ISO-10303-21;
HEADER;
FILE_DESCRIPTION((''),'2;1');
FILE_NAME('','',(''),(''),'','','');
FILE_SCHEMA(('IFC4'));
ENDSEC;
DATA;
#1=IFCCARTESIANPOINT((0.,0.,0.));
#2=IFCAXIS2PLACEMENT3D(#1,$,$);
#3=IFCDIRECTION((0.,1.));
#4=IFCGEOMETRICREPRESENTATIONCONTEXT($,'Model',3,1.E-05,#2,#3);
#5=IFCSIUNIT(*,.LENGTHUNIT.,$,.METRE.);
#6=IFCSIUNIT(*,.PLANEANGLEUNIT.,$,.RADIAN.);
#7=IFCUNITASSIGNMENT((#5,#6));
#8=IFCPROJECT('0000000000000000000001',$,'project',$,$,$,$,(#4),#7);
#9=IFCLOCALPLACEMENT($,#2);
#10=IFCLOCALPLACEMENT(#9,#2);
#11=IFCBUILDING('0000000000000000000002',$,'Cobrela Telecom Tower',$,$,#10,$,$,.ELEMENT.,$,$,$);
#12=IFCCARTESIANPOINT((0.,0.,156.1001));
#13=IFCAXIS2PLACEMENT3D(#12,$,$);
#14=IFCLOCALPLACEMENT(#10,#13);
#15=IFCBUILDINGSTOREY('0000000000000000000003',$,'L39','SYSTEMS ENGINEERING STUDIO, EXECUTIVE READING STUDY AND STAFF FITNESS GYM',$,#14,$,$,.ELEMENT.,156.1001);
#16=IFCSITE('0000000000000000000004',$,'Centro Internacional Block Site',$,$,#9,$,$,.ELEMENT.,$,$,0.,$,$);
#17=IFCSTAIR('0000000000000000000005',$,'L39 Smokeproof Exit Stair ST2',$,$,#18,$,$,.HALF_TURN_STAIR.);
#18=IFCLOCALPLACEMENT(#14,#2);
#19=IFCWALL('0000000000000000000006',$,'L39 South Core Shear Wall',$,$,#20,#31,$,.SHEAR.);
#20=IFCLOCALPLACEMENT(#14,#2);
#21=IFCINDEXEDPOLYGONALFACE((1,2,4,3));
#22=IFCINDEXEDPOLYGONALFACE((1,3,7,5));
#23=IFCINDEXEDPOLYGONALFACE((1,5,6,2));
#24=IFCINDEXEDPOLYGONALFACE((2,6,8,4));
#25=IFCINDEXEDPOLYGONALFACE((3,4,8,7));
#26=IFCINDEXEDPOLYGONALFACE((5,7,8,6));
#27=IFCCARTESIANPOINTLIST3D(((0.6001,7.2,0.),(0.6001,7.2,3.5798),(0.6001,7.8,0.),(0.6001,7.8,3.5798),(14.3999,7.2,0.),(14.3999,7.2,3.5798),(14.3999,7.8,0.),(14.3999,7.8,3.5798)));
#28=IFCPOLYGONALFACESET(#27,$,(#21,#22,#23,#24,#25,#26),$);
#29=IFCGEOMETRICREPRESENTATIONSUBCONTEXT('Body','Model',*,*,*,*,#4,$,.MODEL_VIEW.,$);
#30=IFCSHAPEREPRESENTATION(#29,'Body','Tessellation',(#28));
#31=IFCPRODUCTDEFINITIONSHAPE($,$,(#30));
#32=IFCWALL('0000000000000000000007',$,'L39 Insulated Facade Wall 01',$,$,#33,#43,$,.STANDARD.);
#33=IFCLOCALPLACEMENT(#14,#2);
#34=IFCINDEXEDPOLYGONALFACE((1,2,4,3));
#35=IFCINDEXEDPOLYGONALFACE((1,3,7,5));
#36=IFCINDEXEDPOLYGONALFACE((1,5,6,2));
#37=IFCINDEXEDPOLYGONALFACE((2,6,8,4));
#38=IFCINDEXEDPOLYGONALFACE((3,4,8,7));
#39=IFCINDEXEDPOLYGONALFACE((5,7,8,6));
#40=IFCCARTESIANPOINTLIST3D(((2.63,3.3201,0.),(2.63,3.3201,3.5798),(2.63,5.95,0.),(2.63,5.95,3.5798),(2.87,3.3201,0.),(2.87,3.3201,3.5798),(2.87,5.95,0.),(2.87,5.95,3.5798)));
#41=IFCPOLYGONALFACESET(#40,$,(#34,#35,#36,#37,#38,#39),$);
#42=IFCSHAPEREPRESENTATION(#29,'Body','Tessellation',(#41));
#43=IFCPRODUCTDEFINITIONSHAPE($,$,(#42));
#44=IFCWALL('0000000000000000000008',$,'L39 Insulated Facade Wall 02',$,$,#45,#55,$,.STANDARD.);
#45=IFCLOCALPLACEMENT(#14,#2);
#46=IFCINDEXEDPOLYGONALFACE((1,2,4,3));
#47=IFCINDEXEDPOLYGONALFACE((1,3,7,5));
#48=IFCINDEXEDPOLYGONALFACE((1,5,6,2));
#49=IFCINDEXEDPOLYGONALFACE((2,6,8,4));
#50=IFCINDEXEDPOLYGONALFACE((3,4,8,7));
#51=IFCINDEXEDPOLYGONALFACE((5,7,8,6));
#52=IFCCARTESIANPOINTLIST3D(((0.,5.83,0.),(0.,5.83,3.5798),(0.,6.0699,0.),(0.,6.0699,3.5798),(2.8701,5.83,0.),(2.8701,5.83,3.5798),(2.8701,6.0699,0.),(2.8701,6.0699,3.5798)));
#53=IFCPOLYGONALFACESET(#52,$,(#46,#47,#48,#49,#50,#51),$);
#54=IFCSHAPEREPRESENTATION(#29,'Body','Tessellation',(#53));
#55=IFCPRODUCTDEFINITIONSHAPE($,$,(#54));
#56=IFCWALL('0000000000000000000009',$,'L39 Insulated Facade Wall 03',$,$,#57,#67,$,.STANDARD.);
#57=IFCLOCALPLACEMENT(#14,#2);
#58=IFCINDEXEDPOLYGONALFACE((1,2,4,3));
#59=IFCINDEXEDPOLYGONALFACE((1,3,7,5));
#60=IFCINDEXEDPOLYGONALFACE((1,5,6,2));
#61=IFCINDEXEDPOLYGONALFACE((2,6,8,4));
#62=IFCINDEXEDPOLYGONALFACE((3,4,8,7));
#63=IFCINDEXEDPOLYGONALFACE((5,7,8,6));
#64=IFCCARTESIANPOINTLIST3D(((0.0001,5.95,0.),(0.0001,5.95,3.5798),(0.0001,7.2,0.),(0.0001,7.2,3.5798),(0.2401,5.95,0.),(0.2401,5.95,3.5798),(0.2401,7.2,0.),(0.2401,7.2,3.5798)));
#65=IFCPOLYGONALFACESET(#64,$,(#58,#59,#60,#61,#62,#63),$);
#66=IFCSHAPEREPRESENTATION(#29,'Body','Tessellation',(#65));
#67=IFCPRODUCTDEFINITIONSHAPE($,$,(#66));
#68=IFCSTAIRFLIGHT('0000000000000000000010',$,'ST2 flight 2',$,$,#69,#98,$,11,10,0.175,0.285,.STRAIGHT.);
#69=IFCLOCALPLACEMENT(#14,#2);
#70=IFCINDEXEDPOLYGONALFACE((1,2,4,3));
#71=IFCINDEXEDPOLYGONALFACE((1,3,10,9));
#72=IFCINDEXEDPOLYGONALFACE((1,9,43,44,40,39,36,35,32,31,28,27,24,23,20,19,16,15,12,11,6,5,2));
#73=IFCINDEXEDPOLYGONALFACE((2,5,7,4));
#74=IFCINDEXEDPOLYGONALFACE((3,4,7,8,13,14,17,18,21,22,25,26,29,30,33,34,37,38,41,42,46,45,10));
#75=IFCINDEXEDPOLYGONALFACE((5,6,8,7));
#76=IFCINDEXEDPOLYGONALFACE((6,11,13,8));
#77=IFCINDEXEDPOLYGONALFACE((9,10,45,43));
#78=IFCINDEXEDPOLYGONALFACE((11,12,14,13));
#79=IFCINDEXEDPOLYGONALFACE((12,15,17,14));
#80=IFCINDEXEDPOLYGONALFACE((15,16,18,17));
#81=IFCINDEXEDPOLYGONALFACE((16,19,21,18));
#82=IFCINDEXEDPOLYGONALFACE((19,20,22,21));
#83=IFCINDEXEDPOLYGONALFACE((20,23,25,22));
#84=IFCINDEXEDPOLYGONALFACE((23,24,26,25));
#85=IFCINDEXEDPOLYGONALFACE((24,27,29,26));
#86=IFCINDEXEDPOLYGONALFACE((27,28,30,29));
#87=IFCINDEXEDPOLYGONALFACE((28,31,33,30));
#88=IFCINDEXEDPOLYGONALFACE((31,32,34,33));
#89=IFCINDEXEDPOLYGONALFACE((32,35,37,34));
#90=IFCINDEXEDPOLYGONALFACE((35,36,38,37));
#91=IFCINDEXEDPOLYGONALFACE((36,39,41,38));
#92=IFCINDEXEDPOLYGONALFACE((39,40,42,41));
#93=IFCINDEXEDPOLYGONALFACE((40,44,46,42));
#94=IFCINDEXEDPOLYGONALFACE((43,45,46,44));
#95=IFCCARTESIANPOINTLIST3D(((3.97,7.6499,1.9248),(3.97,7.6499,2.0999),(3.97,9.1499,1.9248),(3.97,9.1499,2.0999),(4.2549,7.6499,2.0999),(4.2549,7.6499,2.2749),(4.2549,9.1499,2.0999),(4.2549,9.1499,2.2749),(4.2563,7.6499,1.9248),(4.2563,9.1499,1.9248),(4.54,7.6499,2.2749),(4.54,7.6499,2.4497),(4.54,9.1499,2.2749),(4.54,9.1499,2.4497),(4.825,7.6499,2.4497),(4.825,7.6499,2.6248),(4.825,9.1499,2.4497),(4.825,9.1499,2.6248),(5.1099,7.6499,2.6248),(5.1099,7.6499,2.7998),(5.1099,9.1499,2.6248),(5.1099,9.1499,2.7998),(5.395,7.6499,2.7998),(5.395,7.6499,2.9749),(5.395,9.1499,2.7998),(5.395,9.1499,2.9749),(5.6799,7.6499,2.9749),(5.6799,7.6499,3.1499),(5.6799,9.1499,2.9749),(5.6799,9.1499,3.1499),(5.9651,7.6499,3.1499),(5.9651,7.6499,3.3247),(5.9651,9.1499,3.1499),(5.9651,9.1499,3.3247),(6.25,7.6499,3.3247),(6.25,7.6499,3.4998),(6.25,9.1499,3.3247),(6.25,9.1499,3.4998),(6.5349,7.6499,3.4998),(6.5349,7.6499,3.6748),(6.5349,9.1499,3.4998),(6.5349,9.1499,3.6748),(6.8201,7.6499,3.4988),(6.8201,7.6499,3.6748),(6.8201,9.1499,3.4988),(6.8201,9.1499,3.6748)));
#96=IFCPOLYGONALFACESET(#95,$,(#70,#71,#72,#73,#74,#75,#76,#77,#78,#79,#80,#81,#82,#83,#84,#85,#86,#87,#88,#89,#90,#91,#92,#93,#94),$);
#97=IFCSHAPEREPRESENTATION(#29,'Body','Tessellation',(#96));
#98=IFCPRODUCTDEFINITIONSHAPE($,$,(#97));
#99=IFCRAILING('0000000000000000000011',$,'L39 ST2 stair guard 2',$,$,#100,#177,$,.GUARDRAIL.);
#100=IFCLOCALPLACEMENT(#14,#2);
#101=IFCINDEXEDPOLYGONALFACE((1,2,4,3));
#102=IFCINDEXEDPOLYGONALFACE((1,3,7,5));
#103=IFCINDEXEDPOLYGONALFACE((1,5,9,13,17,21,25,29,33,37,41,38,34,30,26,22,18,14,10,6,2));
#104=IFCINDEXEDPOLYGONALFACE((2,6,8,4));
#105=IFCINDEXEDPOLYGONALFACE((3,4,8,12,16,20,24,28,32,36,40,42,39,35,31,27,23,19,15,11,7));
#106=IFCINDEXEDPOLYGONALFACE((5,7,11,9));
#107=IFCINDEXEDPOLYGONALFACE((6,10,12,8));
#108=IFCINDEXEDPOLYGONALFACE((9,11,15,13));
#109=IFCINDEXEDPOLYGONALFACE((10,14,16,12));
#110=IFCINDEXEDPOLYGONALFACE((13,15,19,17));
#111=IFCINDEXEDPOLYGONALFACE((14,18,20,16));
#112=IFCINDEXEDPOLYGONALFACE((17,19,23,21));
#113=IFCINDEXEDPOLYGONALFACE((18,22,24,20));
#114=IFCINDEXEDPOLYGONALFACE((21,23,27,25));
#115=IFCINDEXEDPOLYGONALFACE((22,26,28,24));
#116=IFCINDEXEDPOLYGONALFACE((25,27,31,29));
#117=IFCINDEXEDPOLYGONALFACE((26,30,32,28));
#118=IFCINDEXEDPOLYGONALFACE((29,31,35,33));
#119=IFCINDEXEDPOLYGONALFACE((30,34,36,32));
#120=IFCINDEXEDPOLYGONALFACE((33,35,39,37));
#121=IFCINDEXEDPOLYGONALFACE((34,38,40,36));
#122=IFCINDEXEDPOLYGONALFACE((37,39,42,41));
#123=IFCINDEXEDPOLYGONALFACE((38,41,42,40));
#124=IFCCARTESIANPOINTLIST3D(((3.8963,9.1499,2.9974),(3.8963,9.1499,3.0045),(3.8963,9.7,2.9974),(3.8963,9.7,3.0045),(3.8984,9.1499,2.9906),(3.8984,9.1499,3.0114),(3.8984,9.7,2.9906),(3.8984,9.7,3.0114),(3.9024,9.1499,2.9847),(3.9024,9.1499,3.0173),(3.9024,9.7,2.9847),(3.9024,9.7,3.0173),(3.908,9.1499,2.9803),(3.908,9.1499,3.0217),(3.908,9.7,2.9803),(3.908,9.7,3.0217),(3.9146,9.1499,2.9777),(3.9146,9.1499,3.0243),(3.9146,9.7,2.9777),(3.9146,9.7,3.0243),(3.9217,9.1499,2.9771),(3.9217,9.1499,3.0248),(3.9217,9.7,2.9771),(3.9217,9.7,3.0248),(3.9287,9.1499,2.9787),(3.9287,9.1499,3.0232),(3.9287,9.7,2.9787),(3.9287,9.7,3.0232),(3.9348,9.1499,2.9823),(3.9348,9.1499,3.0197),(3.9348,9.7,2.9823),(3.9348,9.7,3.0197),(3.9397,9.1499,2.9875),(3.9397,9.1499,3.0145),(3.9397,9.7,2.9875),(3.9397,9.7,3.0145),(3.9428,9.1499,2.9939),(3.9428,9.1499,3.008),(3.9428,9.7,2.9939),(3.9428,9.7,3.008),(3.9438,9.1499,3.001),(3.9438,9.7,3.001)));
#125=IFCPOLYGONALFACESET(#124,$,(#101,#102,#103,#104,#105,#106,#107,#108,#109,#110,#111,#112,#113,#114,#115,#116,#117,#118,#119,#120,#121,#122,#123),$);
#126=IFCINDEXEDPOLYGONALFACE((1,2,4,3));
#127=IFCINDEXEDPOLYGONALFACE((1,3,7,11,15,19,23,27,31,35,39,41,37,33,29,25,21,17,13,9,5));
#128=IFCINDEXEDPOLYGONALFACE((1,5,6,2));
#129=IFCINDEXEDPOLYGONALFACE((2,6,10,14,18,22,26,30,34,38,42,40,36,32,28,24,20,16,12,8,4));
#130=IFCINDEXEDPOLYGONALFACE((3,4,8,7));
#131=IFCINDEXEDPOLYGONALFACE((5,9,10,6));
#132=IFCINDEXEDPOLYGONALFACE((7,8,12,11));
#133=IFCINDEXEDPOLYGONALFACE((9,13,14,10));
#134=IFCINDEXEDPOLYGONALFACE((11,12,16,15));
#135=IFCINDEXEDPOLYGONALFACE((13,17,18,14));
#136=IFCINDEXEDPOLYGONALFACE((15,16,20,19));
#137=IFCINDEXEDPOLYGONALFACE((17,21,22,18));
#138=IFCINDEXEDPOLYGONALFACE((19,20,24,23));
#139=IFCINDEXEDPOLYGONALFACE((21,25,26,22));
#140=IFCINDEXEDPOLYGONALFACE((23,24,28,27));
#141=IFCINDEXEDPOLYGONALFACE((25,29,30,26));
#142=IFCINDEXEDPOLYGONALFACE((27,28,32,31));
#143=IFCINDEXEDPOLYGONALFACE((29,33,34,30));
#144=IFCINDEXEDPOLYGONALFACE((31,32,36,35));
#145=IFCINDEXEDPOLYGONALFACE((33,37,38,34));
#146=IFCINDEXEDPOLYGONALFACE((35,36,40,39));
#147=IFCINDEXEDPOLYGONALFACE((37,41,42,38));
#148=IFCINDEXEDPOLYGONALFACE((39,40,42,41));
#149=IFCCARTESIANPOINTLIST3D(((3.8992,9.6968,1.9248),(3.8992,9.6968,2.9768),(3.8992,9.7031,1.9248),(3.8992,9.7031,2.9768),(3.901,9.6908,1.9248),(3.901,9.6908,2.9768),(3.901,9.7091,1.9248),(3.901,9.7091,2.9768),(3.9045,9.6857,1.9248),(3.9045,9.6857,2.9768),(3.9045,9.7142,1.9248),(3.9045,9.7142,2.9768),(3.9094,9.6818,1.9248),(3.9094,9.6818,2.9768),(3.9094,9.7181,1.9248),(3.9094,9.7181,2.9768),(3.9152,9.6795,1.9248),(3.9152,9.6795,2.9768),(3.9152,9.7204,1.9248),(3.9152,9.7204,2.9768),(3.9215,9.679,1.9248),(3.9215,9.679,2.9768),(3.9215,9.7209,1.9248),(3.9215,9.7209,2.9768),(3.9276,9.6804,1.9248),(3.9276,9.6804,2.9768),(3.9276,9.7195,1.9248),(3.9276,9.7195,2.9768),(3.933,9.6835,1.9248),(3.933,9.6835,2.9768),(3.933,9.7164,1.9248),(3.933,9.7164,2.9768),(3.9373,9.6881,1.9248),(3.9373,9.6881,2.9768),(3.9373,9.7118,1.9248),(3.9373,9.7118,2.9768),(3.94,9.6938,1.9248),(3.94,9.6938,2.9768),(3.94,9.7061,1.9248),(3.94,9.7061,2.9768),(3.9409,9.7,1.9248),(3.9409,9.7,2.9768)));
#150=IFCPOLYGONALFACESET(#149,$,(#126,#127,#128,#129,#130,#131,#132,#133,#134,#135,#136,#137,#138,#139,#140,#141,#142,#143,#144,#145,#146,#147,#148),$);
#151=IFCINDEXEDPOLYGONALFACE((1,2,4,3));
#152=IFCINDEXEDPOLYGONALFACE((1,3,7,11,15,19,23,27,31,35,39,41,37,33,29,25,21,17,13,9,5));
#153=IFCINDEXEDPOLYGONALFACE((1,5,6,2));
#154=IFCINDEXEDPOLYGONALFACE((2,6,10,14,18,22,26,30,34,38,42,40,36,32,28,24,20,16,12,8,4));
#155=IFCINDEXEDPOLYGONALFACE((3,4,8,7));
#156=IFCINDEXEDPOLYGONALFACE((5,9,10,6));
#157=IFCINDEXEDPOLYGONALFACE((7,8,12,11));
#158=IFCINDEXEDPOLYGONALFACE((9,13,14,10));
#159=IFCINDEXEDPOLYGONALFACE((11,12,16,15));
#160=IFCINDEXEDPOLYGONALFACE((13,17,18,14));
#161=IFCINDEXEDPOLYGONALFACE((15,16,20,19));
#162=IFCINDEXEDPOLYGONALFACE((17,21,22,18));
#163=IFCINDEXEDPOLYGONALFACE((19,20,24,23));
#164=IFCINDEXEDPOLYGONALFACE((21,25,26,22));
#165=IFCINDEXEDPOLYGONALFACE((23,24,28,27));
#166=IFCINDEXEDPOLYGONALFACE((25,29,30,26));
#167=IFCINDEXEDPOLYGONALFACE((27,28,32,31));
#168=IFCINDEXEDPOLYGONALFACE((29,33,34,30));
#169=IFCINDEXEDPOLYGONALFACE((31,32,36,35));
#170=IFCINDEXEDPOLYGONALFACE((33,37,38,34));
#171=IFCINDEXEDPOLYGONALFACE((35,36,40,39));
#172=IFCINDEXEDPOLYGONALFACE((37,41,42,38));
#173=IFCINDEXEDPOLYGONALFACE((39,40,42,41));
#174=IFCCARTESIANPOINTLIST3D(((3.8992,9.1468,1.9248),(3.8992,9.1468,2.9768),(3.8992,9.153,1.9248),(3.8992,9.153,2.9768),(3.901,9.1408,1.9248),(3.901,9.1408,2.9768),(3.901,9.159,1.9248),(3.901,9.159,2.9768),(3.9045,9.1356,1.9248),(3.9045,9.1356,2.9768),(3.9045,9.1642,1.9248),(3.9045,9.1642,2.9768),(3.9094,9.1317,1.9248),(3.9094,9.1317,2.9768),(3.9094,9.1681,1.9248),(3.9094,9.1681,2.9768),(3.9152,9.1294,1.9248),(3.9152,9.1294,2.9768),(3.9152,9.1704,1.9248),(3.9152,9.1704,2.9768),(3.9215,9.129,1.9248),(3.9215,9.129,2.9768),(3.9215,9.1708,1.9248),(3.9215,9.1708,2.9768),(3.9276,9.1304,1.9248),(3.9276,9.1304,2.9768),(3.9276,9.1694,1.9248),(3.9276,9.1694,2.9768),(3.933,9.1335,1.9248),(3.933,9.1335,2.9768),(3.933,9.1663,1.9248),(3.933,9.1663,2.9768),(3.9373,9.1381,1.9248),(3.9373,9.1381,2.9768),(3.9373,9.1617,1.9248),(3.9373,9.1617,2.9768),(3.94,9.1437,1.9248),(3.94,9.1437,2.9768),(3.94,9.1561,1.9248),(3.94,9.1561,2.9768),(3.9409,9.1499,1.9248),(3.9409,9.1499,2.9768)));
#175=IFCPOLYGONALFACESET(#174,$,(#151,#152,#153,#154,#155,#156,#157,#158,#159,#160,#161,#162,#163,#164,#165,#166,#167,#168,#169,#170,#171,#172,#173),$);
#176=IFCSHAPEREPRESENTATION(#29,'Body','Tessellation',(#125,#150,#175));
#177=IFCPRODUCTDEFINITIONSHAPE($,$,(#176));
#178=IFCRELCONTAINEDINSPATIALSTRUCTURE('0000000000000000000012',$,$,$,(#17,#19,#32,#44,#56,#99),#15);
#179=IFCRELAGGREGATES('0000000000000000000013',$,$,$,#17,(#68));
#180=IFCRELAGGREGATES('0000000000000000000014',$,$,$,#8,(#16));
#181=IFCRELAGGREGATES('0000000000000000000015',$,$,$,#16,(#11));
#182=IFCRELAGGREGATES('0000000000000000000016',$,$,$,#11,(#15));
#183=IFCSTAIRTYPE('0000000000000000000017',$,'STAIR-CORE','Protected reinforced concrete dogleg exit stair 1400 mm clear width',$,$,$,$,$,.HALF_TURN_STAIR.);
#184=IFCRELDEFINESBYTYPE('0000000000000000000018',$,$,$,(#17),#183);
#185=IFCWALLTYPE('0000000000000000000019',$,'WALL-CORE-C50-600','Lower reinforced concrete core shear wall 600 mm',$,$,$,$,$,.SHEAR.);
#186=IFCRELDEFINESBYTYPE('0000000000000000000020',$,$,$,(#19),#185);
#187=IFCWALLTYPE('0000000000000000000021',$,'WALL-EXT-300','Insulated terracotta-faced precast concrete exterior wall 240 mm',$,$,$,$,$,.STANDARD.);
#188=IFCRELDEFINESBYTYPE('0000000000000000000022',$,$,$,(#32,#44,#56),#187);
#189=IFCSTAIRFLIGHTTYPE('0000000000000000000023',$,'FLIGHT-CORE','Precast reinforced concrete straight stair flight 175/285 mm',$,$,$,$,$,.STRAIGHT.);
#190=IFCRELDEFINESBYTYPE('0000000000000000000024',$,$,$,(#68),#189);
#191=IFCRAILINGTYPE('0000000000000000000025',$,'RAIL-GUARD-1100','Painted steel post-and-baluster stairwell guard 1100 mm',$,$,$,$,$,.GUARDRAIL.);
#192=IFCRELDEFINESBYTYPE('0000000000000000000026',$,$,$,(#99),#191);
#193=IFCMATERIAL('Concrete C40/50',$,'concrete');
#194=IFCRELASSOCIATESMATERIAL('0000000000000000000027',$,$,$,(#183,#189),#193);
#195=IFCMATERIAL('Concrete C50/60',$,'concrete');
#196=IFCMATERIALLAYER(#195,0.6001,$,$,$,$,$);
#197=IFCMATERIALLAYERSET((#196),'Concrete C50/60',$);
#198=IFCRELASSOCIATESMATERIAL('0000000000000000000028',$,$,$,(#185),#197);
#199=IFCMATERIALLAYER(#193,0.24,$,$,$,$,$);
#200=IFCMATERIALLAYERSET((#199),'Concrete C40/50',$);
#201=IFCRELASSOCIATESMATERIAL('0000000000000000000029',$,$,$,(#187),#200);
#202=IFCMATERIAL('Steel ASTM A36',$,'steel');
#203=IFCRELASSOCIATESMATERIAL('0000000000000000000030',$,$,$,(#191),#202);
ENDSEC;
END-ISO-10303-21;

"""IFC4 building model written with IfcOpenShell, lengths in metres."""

from ifc_helpers import new_model, si_unit, direction, frame, frame_2d, origin, origin_2d, place, context, subcontext, project, spatial, polyline, rectangle, circle, outline, extrude, material, layer, layer_set, type_object, element, aggregate, save


model = new_model("IFC4")

# Units and contexts
model_context = context("Model", 3, precision=1e-05, world=origin(), true_north=direction((0.0, 1.0)))
body_context = subcontext(model_context, "Body", "Model", "MODEL_VIEW")
ifc_project = project(units=[si_unit("LENGTHUNIT", "METRE"), si_unit("PLANEANGLEUNIT", "RADIAN")], contexts=[model_context])

# Site, building, storey
site_placement = place(None, origin())
site = spatial("IfcSite", under=ifc_project, at=site_placement, Name="Centro Internacional Block Site", CompositionType="ELEMENT", RefElevation=0.0)
building_placement = place(site_placement, origin())
building = spatial("IfcBuilding", under=site, at=building_placement, Name="Cobrela Telecom Tower", CompositionType="ELEMENT")
storey_placement = place(building_placement, frame((0.0, 0.0, 156.1001)))
storey = spatial("IfcBuildingStorey", under=building, at=storey_placement, Name="L39", Description="SYSTEMS ENGINEERING STUDIO, EXECUTIVE READING STUDY AND STAFF FITNESS GYM", CompositionType="ELEMENT", Elevation=156.1001)

# Shared definitions
ifc_material_1 = material(Name="Concrete C40/50", Category="concrete")

# Stair
stair_type = type_object("IfcStairType", Name="STAIR-CORE", Description="Protected reinforced concrete dogleg exit stair 1400 mm clear width", PredefinedType="HALF_TURN_STAIR", material=ifc_material_1)
stair_1_placement = place(storey_placement, origin())
stair_1 = element("IfcStair", 1, at=stair_1_placement, inside=storey, type_object=stair_type, Name="L39 Smokeproof Exit Stair ST2", PredefinedType="HALF_TURN_STAIR")

# Walls
ifc_material_2 = material(Name="Concrete C50/60", Category="concrete")
ifc_layer_1 = layer(ifc_material_2, 0.6001)
ifc_layer_set_1 = layer_set([ifc_layer_1], Name="Concrete C50/60")
wall_type_1 = type_object("IfcWallType", Name="WALL-CORE-C50-600", Description="Lower reinforced concrete core shear wall 600 mm", PredefinedType="SHEAR", material=ifc_layer_set_1)
wall_1_placement = place(storey_placement, frame((0.6001, 7.5, 0.0), z_axis=(0.0, 0.0, 1.0), x_axis=(1.0, 0.0, 0.0)))
element("IfcWall", 2, at=wall_1_placement, inside=storey, type_object=wall_type_1, Name="L39 South Core Shear Wall", PredefinedType="SHEAR", context=body_context, shape_type="SweptSolid", body=[
    extrude(rectangle(XDim=13.7998, YDim=0.6001, at=frame_2d((6.8999, 0.0))), origin(), (0.0, 0.0, 1.0), 3.5798),
])
ifc_layer_2 = layer(ifc_material_1, 0.24)
ifc_layer_set_2 = layer_set([ifc_layer_2], Name="Concrete C40/50")
wall_type_2 = type_object("IfcWallType", Name="WALL-EXT-300", Description="Insulated terracotta-faced precast concrete exterior wall 240 mm", PredefinedType="STANDARD", material=ifc_layer_set_2)
wall_2_placement = place(storey_placement, frame((2.75, 3.3201, 0.0), z_axis=(0.0, 0.0, 1.0), x_axis=(0.0, 1.0, 0.0)))
element("IfcWall", 3, at=wall_2_placement, inside=storey, type_object=wall_type_2, Name="L39 Insulated Facade Wall 01", PredefinedType="STANDARD", context=body_context, shape_type="SweptSolid", body=[
    extrude(rectangle(XDim=2.6299, YDim=0.24, at=frame_2d((1.3149, 0.0))), origin(), (0.0, 0.0, 1.0), 3.5798),
])
wall_3_placement = place(storey_placement, frame((2.8701, 5.95, 0.0), z_axis=(0.0, 0.0, 1.0), x_axis=(-1.0, 0.0, 0.0)))
element("IfcWall", 4, at=wall_3_placement, inside=storey, type_object=wall_type_2, Name="L39 Insulated Facade Wall 02", PredefinedType="STANDARD", context=body_context, shape_type="SweptSolid", body=[
    extrude(rectangle(XDim=2.8701, YDim=0.24, at=frame_2d((1.4351, 0.0))), origin(), (0.0, 0.0, 1.0), 3.5798),
])
wall_4_placement = place(storey_placement, frame((0.1201, 5.95, 0.0), z_axis=(0.0, 0.0, 1.0), x_axis=(0.0, 1.0, 0.0)))
element("IfcWall", 5, at=wall_4_placement, inside=storey, type_object=wall_type_2, Name="L39 Insulated Facade Wall 03", PredefinedType="STANDARD", context=body_context, shape_type="SweptSolid", body=[
    extrude(rectangle(XDim=1.25, YDim=0.24, at=frame_2d((0.625, 0.0))), origin(), (0.0, 0.0, 1.0), 3.5798),
])

# Stair flight
stair_flight_type = type_object("IfcStairFlightType", Name="FLIGHT-CORE", Description="Precast reinforced concrete straight stair flight 175/285 mm", PredefinedType="STRAIGHT", material=ifc_material_1)
stair_flight_placement = place(storey_placement, frame((3.97, 8.3999, 1.9248), z_axis=(0.0, 0.0, 1.0), x_axis=(1.0, 0.0, 0.0)))
stair_flight = element("IfcStairFlight", 6, at=stair_flight_placement, type_object=stair_flight_type, Name="ST2 flight 2", NumberOfRisers=11, NumberOfTreads=10, PredefinedType="STRAIGHT", RiserHeight=0.175, TreadLength=0.285, context=body_context, shape_type="SweptSolid", body=[
    extrude(outline(polyline([(0.0, 0.0), (0.0, 0.175), (0.2849, 0.175), (0.2849, 0.3501), (0.5701, 0.3501), (0.5701, 0.5249), (0.855, 0.5249), (0.855, 0.7), (1.1399, 0.7), (1.1399, 0.875), (1.425, 0.875), (1.425, 1.05), (1.71, 1.05), (1.71, 1.2251), (1.9951, 1.2251), (1.9951, 1.3999), (2.28, 1.3999), (2.28, 1.575), (2.5649, 1.575), (2.5649, 1.75), (2.8501, 1.75), (2.8501, 1.925), (2.8501, 1.574), (0.2864, 0.0), (0.0, 0.0)])), frame((0.0, 0.75, 0.0), z_axis=(0.0, -1.0, 0.0), x_axis=(1.0, 0.0, 0.0)), (0.0, 0.0, 1.0), 1.5),
])
aggregate(stair_1, [stair_flight])

# Railing
ifc_material_3 = material(Name="Steel ASTM A36", Category="steel")
railing_type_1 = type_object("IfcRailingType", Name="RAIL-GUARD-1100", Description="Painted steel post-and-baluster stairwell guard 1100 mm", PredefinedType="GUARDRAIL", material=ifc_material_3)
railing_1_placement = place(storey_placement, frame((3.9199, 9.7, 1.9248)))
element("IfcRailing", 7, at=railing_1_placement, inside=storey, type_object=railing_type_1, Name="L39 ST2 stair guard 2", PredefinedType="GUARDRAIL", context=body_context, shape_type="SweptSolid", body=[
    extrude(circle(Radius=0.0239, at=origin_2d()), frame((0.0, 0.0, 1.0762), z_axis=(0.0, -1.0, 0.0), x_axis=(1.0, 0.0, 0.0)), (0.0, 0.0, 1.0), 0.55),
    extrude(circle(Radius=0.021, at=origin_2d()), origin(), (0.0, 0.0, 1.0), 1.052),
    extrude(circle(Radius=0.021, at=origin_2d()), frame((0.0, -0.55, 0.0)), (0.0, 0.0, 1.0), 1.052),
])

save(model, "model.ifc")
